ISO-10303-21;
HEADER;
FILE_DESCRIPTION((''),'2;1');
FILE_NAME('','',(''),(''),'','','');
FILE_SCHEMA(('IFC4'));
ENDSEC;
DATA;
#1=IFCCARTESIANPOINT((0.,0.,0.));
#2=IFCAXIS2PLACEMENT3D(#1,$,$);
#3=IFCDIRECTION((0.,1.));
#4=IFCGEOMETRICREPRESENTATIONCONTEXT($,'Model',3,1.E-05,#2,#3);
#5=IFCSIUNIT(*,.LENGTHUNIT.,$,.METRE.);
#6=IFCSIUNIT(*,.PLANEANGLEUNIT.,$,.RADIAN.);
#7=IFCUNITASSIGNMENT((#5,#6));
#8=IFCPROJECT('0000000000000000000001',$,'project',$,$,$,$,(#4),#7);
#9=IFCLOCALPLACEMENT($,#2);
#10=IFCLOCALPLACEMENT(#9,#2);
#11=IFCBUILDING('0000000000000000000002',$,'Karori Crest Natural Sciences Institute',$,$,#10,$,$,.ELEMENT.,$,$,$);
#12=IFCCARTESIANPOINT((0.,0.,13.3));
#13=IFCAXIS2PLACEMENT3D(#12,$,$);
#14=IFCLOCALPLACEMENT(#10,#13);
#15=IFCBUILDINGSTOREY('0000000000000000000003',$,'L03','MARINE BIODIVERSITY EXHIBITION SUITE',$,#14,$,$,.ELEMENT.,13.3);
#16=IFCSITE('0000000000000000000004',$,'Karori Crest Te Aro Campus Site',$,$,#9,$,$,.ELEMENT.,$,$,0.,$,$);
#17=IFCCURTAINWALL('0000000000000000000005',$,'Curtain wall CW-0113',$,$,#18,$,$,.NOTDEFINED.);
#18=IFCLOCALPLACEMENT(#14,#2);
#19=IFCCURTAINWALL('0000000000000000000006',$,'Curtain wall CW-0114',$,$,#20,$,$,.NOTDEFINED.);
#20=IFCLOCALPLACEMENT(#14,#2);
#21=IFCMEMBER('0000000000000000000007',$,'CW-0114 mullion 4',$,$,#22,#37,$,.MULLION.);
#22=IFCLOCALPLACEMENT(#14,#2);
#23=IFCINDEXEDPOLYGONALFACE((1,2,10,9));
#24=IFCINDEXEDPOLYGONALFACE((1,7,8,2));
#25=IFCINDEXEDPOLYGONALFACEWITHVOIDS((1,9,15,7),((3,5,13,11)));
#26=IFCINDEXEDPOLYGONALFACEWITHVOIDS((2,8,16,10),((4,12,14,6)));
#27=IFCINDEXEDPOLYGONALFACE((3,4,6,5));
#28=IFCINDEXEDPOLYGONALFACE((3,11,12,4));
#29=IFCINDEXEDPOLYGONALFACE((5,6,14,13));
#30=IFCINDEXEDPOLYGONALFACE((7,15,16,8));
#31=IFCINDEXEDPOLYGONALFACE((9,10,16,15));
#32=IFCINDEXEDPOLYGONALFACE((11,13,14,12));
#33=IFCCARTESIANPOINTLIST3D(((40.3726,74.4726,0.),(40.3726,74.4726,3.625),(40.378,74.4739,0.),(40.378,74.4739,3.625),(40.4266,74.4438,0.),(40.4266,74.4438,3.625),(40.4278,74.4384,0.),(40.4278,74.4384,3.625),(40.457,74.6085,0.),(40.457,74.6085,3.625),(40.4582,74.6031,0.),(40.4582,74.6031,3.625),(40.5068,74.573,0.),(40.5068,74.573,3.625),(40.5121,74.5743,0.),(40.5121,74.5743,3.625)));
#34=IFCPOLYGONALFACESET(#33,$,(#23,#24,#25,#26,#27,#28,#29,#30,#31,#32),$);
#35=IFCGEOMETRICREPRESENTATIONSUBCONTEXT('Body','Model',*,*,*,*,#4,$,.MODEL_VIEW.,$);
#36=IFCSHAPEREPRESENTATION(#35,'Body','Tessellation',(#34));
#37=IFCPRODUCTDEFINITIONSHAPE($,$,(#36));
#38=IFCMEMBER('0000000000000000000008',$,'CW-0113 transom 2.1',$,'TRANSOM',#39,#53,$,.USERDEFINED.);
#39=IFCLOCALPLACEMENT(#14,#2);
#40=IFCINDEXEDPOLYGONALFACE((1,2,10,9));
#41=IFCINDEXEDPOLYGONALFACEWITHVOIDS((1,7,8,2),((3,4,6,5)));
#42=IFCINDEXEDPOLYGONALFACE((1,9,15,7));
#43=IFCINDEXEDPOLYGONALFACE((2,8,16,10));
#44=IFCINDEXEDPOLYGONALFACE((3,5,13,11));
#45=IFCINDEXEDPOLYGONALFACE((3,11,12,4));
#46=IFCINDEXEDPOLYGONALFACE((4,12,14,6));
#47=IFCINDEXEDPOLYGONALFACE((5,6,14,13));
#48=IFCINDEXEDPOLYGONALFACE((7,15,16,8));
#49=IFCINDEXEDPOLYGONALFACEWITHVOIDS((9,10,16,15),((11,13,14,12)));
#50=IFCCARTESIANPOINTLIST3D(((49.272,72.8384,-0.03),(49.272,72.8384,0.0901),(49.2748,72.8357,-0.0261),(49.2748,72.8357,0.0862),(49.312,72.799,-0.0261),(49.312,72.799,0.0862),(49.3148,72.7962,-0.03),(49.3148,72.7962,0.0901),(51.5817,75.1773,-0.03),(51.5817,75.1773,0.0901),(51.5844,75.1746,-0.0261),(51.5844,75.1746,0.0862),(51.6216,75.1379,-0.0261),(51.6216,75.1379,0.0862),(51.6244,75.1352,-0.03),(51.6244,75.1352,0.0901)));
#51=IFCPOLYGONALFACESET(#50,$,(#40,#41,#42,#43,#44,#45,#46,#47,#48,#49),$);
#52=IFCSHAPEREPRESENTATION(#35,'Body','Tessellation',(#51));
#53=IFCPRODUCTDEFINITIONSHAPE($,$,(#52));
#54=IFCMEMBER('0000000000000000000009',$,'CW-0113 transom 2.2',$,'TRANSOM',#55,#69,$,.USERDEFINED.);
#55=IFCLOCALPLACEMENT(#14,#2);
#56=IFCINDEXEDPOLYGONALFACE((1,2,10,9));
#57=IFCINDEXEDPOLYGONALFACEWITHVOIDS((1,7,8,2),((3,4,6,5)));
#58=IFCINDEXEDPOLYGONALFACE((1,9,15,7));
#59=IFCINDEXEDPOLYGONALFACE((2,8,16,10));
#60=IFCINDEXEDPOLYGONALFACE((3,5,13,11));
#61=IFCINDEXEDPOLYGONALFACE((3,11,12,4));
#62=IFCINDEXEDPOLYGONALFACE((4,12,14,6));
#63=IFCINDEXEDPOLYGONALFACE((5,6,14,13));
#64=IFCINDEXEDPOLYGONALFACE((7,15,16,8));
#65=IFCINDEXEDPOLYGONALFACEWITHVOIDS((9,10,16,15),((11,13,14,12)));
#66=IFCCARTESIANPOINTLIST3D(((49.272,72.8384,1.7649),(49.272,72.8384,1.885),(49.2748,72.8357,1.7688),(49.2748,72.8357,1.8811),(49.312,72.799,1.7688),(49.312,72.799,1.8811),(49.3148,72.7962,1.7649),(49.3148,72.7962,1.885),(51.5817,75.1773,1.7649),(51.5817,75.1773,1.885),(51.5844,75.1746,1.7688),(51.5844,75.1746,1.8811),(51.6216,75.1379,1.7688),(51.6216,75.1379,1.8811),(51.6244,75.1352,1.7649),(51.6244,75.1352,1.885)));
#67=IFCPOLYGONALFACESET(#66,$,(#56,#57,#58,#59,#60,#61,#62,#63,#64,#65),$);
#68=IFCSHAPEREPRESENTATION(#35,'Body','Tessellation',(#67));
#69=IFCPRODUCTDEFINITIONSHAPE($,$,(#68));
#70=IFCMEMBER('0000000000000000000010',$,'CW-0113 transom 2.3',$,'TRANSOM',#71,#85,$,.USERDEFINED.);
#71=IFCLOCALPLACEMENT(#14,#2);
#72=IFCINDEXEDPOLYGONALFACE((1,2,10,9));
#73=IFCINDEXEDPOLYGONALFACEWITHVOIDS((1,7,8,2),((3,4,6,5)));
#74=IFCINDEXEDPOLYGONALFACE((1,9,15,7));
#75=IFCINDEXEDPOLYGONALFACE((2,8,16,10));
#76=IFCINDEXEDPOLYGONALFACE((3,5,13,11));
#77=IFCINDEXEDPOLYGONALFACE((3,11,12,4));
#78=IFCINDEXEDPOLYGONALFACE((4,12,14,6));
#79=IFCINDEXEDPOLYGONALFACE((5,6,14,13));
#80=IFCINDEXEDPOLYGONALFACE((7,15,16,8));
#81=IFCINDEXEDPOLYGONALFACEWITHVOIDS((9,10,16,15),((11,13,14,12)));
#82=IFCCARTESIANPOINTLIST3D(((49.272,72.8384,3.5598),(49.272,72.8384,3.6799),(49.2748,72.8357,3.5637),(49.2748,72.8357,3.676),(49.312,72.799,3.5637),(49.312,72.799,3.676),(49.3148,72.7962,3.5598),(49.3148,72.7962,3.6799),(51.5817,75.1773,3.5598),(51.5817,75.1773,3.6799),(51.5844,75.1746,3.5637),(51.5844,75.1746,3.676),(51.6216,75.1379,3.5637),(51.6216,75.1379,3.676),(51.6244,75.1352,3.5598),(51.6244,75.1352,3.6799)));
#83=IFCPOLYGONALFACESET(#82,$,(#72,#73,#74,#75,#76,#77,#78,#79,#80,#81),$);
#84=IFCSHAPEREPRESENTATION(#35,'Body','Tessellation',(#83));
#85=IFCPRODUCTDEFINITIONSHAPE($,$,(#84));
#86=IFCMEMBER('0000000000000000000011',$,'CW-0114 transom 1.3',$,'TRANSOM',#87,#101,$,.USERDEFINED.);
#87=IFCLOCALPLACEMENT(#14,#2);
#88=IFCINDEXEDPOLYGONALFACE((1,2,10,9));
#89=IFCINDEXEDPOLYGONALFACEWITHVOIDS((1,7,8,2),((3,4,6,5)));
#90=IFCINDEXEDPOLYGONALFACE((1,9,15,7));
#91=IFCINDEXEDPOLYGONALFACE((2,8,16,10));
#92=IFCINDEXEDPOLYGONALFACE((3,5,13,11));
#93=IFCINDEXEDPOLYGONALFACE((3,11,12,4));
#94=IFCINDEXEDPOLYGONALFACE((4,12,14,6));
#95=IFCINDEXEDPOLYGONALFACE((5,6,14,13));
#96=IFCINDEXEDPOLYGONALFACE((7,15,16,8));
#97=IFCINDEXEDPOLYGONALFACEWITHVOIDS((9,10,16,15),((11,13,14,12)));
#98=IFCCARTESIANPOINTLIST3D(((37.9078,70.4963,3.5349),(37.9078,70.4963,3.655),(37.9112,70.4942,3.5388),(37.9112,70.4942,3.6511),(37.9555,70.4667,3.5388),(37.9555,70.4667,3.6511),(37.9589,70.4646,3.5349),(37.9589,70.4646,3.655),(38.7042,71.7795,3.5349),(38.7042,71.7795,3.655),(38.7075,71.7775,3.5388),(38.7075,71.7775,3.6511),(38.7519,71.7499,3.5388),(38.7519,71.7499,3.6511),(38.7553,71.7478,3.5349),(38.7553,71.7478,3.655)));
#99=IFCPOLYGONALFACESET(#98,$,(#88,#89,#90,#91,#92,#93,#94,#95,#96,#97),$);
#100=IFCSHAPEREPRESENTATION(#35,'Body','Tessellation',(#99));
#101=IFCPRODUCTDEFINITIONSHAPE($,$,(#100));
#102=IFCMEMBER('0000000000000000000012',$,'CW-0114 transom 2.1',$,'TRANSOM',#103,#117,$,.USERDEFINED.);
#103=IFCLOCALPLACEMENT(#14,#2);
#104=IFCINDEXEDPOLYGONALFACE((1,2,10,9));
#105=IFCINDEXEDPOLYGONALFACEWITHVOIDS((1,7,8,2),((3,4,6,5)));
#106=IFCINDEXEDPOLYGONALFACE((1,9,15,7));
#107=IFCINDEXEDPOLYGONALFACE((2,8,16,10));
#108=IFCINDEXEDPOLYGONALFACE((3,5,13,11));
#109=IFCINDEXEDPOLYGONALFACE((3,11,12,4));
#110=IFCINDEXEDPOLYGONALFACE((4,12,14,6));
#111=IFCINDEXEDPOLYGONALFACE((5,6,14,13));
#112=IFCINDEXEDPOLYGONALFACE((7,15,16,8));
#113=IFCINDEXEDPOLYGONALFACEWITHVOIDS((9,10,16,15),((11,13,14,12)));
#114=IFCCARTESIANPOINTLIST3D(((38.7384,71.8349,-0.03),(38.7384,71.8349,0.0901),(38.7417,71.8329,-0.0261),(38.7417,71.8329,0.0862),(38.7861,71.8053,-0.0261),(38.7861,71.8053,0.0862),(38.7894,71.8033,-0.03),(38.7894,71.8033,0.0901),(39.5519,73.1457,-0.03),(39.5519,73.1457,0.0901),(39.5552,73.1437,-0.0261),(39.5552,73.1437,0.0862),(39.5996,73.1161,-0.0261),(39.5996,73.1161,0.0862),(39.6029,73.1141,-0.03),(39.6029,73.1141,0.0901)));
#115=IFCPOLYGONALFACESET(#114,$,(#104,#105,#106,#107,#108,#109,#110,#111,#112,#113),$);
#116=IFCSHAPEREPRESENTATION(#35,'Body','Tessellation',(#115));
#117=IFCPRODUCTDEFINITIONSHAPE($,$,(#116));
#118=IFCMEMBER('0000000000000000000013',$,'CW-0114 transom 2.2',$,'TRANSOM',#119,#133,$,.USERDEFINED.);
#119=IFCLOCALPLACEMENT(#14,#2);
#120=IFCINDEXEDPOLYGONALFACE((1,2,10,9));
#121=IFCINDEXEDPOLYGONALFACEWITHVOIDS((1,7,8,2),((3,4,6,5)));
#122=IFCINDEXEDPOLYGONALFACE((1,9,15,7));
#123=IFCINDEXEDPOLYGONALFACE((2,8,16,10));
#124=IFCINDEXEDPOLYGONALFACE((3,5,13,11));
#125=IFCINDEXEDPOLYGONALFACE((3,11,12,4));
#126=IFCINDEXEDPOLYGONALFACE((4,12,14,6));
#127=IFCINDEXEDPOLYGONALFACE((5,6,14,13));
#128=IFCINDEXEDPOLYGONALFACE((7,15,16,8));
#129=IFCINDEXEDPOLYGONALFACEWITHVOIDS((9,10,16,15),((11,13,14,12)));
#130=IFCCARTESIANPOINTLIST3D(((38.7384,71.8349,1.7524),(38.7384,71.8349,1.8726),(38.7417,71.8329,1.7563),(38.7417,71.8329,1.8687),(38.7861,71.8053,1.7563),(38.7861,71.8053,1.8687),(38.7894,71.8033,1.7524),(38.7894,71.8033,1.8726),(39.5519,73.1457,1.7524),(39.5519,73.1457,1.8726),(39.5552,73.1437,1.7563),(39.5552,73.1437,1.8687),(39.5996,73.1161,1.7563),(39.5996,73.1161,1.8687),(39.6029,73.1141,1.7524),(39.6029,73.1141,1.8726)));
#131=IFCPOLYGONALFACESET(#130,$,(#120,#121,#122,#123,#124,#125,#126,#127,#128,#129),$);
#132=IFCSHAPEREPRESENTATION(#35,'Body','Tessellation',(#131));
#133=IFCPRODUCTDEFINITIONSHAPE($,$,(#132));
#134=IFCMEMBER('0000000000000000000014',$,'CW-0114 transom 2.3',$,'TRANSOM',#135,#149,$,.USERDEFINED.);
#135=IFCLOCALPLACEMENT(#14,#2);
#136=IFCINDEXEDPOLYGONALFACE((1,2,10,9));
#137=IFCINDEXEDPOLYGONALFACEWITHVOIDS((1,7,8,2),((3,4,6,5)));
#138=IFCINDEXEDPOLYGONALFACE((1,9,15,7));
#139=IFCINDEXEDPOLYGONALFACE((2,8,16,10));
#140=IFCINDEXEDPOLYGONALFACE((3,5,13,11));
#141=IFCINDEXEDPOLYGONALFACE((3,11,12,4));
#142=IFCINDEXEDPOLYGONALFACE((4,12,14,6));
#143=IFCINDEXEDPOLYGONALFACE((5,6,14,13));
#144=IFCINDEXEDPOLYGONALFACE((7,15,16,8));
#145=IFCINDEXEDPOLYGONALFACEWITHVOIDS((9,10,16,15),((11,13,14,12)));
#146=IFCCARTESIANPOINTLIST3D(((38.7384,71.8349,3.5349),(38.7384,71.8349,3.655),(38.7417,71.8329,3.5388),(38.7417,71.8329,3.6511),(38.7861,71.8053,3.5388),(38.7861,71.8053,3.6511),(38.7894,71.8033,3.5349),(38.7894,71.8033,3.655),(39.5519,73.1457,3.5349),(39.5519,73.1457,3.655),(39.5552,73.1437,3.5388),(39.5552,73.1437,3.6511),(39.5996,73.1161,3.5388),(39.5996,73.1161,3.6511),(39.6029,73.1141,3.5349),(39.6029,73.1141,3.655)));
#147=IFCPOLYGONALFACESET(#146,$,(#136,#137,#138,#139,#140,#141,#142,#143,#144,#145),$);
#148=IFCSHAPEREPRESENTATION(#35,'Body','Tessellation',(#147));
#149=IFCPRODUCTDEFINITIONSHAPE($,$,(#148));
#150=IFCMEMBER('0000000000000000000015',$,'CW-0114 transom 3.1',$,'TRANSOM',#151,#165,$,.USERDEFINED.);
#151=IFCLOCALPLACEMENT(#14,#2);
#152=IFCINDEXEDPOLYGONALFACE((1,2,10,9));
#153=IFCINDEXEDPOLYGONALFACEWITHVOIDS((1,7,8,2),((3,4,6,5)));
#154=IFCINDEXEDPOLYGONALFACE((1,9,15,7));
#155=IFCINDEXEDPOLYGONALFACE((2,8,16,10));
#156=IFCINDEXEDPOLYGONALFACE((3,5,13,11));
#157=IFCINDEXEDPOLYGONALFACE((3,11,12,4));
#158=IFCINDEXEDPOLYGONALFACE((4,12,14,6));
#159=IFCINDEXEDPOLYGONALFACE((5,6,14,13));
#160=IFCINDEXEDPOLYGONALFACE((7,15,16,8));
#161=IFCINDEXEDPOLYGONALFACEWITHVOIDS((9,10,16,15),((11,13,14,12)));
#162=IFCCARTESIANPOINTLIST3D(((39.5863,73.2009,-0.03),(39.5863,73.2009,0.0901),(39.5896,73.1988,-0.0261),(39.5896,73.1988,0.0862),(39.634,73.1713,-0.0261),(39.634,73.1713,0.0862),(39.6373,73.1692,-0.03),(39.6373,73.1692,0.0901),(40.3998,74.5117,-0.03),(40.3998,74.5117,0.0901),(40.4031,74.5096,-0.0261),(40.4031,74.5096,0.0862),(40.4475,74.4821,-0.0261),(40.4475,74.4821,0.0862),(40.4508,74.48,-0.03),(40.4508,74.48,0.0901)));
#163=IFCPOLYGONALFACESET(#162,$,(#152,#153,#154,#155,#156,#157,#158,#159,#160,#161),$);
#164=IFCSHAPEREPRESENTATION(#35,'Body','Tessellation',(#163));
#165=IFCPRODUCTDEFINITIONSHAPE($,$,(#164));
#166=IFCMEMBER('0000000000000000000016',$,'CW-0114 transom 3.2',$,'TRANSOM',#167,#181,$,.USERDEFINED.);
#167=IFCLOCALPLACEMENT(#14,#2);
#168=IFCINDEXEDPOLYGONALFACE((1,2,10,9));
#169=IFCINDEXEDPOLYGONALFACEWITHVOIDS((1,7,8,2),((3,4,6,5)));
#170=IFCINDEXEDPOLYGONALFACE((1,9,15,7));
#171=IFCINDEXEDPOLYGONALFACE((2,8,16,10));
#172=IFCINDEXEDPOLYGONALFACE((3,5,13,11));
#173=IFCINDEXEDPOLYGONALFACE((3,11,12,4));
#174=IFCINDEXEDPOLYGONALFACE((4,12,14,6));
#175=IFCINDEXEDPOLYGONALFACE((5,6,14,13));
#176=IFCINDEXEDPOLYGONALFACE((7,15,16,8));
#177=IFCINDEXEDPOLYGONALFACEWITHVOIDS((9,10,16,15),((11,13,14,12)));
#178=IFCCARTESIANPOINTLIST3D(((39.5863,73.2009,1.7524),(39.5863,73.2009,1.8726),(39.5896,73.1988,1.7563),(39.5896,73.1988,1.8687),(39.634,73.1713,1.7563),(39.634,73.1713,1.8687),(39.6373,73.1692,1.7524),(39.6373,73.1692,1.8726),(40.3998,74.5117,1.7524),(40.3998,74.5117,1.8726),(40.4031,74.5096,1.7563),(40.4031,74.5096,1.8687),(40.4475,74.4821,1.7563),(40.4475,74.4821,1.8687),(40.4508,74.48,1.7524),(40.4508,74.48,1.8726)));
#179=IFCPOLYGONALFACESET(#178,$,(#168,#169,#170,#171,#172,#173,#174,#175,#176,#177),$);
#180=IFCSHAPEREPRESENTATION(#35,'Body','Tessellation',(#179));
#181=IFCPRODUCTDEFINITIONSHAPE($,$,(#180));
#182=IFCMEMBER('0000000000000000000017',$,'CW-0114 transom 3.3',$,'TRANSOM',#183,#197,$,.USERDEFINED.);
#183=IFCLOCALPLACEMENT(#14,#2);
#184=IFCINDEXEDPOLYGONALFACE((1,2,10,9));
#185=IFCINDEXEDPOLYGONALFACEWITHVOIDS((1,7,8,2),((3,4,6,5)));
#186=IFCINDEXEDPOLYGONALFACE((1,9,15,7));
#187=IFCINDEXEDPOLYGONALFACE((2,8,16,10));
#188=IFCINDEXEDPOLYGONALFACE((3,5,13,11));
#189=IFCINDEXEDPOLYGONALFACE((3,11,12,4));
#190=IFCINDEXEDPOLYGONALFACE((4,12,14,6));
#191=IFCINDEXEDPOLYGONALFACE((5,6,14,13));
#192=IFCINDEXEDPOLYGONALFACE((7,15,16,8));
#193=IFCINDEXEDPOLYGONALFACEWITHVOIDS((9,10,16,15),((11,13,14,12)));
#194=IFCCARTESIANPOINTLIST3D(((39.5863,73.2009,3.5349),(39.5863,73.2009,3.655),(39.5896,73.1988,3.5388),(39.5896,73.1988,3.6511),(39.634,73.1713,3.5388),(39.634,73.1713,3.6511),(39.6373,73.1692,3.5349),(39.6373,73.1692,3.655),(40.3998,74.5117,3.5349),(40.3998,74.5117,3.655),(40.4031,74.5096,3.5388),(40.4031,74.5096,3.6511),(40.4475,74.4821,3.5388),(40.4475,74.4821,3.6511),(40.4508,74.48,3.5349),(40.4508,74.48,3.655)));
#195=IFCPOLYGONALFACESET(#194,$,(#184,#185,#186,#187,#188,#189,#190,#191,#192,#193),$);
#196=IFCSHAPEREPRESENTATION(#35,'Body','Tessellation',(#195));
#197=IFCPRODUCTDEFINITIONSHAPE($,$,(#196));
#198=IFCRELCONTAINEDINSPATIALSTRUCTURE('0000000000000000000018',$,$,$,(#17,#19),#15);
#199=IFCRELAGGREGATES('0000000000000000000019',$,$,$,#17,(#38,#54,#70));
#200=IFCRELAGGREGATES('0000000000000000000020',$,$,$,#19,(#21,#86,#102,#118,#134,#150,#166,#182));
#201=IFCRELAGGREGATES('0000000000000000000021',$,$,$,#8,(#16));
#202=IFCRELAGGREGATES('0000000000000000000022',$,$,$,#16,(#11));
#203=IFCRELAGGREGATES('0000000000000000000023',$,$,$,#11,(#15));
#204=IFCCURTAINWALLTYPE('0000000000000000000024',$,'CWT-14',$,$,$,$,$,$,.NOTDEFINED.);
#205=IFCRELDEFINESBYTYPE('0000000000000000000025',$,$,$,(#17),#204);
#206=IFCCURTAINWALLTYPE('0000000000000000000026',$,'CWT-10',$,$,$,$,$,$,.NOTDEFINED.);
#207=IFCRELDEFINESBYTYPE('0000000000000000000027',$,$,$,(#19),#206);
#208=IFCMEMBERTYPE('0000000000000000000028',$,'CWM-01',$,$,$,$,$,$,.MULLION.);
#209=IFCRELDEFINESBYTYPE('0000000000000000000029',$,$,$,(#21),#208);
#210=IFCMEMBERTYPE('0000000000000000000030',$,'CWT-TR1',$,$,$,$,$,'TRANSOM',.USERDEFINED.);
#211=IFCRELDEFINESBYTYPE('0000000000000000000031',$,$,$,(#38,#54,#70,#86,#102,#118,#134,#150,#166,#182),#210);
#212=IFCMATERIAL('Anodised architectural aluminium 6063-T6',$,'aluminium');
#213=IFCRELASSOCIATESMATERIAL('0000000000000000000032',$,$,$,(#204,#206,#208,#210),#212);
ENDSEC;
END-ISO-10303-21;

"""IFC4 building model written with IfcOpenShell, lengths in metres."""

from ifc_helpers import new_model, si_unit, direction, frame, origin, origin_2d, place, context, subcontext, project, spatial, hollow_rectangle, extrude, material, material_profile, profile_set, type_object, element, aggregate, save


model = new_model("IFC4")

# Units and contexts
model_context = context("Model", 3, precision=1e-05, world=origin(), true_north=direction((0.0, 1.0)))
body_context = subcontext(model_context, "Body", "Model", "MODEL_VIEW")
ifc_project = project(units=[si_unit("LENGTHUNIT", "METRE"), si_unit("PLANEANGLEUNIT", "RADIAN")], contexts=[model_context])

# Site, building, storey
site_placement = place(None, origin())
site = spatial("IfcSite", under=ifc_project, at=site_placement, Name="Karori Crest Te Aro Campus Site", CompositionType="ELEMENT", RefElevation=0.0)
building_placement = place(site_placement, origin())
building = spatial("IfcBuilding", under=site, at=building_placement, Name="Karori Crest Natural Sciences Institute", CompositionType="ELEMENT")
storey_placement = place(building_placement, frame((0.0, 0.0, 13.3)))
storey = spatial("IfcBuildingStorey", under=building, at=storey_placement, Name="L03", Description="MARINE BIODIVERSITY EXHIBITION SUITE", CompositionType="ELEMENT", Elevation=13.3)

# Curtain walls, member
ifc_material_1 = material(Name="Anodised architectural aluminium 6063-T6", Category="aluminium")
curtain_wall_type_1 = type_object("IfcCurtainWallType", Name="CWT-14", PredefinedType="NOTDEFINED", material=ifc_material_1)
curtain_wall_1_placement = place(storey_placement, origin())
curtain_wall_1 = element("IfcCurtainWall", 1, at=curtain_wall_1_placement, inside=storey, type_object=curtain_wall_type_1, Name="Curtain wall CW-0113", PredefinedType="NOTDEFINED")
ifc_material_profile_1 = material_profile(ifc_material_1, hollow_rectangle(XDim=0.0649, YDim=0.1599, WallThickness=0.0039, at=origin_2d()), Name="CWM160x65x4")
ifc_profile_set_1 = profile_set([ifc_material_profile_1], Name="Anodised architectural aluminium 6063-T6")
member_type_1 = type_object("IfcMemberType", Name="CWM-01", PredefinedType="MULLION", material=ifc_profile_set_1)
curtain_wall_type_2 = type_object("IfcCurtainWallType", Name="CWT-10", PredefinedType="NOTDEFINED", material=ifc_material_1)
curtain_wall_2_placement = place(storey_placement, origin())
curtain_wall_2 = element("IfcCurtainWall", 2, at=curtain_wall_2_placement, inside=storey, type_object=curtain_wall_type_2, Name="Curtain wall CW-0114", PredefinedType="NOTDEFINED")
member_1_placement = place(storey_placement, frame((40.4424, 74.5234, 0.0), z_axis=(0.0, 0.0, 1.0), x_axis=(-0.849664, 0.527324, 0.0)))
member_1 = element("IfcMember", 3, at=member_1_placement, type_object=member_type_1, Name="CW-0114 mullion 4", PredefinedType="MULLION", context=body_context, shape_type="SweptSolid", body=[
    extrude(hollow_rectangle(XDim=0.0649, YDim=0.1599, WallThickness=0.0039, at=origin_2d()), origin(), (0.0, 0.0, 1.0), 3.625),
])

# Members
ifc_material_profile_2 = material_profile(ifc_material_1, hollow_rectangle(XDim=0.0601, YDim=0.1201, WallThickness=0.0039, at=origin_2d()), Name="CWT120x60x4")
ifc_profile_set_2 = profile_set([ifc_material_profile_2], Name="Anodised architectural aluminium 6063-T6")
member_type_2 = type_object("IfcMemberType", Name="CWT-TR1", ElementType="TRANSOM", PredefinedType="USERDEFINED", material=ifc_profile_set_2)
member_2_placement = place(storey_placement, frame((51.603, 75.1562, 0.03), z_axis=(-0.702636, -0.711549, 0.0), x_axis=(0.711549, -0.702636, 0.0)))
member_2 = element("IfcMember", 4, at=member_2_placement, type_object=member_type_2, Name="CW-0113 transom 2.1", ObjectType="TRANSOM", PredefinedType="USERDEFINED", context=body_context, shape_type="SweptSolid", body=[
    extrude(hollow_rectangle(XDim=0.0601, YDim=0.1201, WallThickness=0.0039, at=origin_2d()), origin(), (0.0, 0.0, 1.0), 3.2871),
])
member_3_placement = place(storey_placement, frame((51.603, 75.1562, 1.825), z_axis=(-0.702636, -0.711549, 0.0), x_axis=(0.711549, -0.702636, 0.0)))
member_3 = element("IfcMember", 5, at=member_3_placement, type_object=member_type_2, Name="CW-0113 transom 2.2", ObjectType="TRANSOM", PredefinedType="USERDEFINED", context=body_context, shape_type="SweptSolid", body=[
    extrude(hollow_rectangle(XDim=0.0601, YDim=0.1201, WallThickness=0.0039, at=origin_2d()), origin(), (0.0, 0.0, 1.0), 3.2871),
])
member_4_placement = place(storey_placement, frame((51.603, 75.1562, 3.6199), z_axis=(-0.702636, -0.711549, 0.0), x_axis=(0.711549, -0.702636, 0.0)))
member_4 = element("IfcMember", 6, at=member_4_placement, type_object=member_type_2, Name="CW-0113 transom 2.3", ObjectType="TRANSOM", PredefinedType="USERDEFINED", context=body_context, shape_type="SweptSolid", body=[
    extrude(hollow_rectangle(XDim=0.0601, YDim=0.1201, WallThickness=0.0039, at=origin_2d()), origin(), (0.0, 0.0, 1.0), 3.2871),
])
member_5_placement = place(storey_placement, frame((37.9333, 70.4805, 3.595), z_axis=(0.527323, 0.849665, 0.0), x_axis=(-0.849665, 0.527323, 0.0)))
member_5 = element("IfcMember", 7, at=member_5_placement, type_object=member_type_2, Name="CW-0114 transom 1.3", ObjectType="TRANSOM", PredefinedType="USERDEFINED", context=body_context, shape_type="SweptSolid", body=[
    extrude(hollow_rectangle(XDim=0.0601, YDim=0.1201, WallThickness=0.0039, at=origin_2d()), origin(), (0.0, 0.0, 1.0), 1.5103),
])
member_6_placement = place(storey_placement, frame((38.7639, 71.8191, 0.03), z_axis=(0.527308, 0.849674, 0.0), x_axis=(-0.849674, 0.527308, 0.0)))
member_6 = element("IfcMember", 8, at=member_6_placement, type_object=member_type_2, Name="CW-0114 transom 2.1", ObjectType="TRANSOM", PredefinedType="USERDEFINED", context=body_context, shape_type="SweptSolid", body=[
    extrude(hollow_rectangle(XDim=0.0601, YDim=0.1201, WallThickness=0.0039, at=origin_2d()), origin(), (0.0, 0.0, 1.0), 1.5427),
])
member_7_placement = place(storey_placement, frame((38.7639, 71.8191, 1.8125), z_axis=(0.527308, 0.849674, 0.0), x_axis=(-0.849674, 0.527308, 0.0)))
member_7 = element("IfcMember", 9, at=member_7_placement, type_object=member_type_2, Name="CW-0114 transom 2.2", ObjectType="TRANSOM", PredefinedType="USERDEFINED", context=body_context, shape_type="SweptSolid", body=[
    extrude(hollow_rectangle(XDim=0.0601, YDim=0.1201, WallThickness=0.0039, at=origin_2d()), origin(), (0.0, 0.0, 1.0), 1.5427),
])
member_8_placement = place(storey_placement, frame((38.7639, 71.8191, 3.595), z_axis=(0.527308, 0.849674, 0.0), x_axis=(-0.849674, 0.527308, 0.0)))
member_8 = element("IfcMember", 10, at=member_8_placement, type_object=member_type_2, Name="CW-0114 transom 2.3", ObjectType="TRANSOM", PredefinedType="USERDEFINED", context=body_context, shape_type="SweptSolid", body=[
    extrude(hollow_rectangle(XDim=0.0601, YDim=0.1201, WallThickness=0.0039, at=origin_2d()), origin(), (0.0, 0.0, 1.0), 1.5427),
])
member_9_placement = place(storey_placement, frame((39.6118, 73.1851, 0.03), z_axis=(0.527308, 0.849674, 0.0), x_axis=(-0.849674, 0.527308, 0.0)))
member_9 = element("IfcMember", 11, at=member_9_placement, type_object=member_type_2, Name="CW-0114 transom 3.1", ObjectType="TRANSOM", PredefinedType="USERDEFINED", context=body_context, shape_type="SweptSolid", body=[
    extrude(hollow_rectangle(XDim=0.0601, YDim=0.1201, WallThickness=0.0039, at=origin_2d()), origin(), (0.0, 0.0, 1.0), 1.5427),
])
member_10_placement = place(storey_placement, frame((39.6118, 73.1851, 1.8125), z_axis=(0.527308, 0.849674, 0.0), x_axis=(-0.849674, 0.527308, 0.0)))
member_10 = element("IfcMember", 12, at=member_10_placement, type_object=member_type_2, Name="CW-0114 transom 3.2", ObjectType="TRANSOM", PredefinedType="USERDEFINED", context=body_context, shape_type="SweptSolid", body=[
    extrude(hollow_rectangle(XDim=0.0601, YDim=0.1201, WallThickness=0.0039, at=origin_2d()), origin(), (0.0, 0.0, 1.0), 1.5427),
])
member_11_placement = place(storey_placement, frame((39.6118, 73.1851, 3.595), z_axis=(0.527308, 0.849674, 0.0), x_axis=(-0.849674, 0.527308, 0.0)))
member_11 = element("IfcMember", 13, at=member_11_placement, type_object=member_type_2, Name="CW-0114 transom 3.3", ObjectType="TRANSOM", PredefinedType="USERDEFINED", context=body_context, shape_type="SweptSolid", body=[
    extrude(hollow_rectangle(XDim=0.0601, YDim=0.1201, WallThickness=0.0039, at=origin_2d()), origin(), (0.0, 0.0, 1.0), 1.5427),
])

aggregate(curtain_wall_1, [member_2, member_3, member_4])
aggregate(curtain_wall_2, [member_1, member_5, member_6, member_7, member_8, member_9, member_10, member_11])

save(model, "model.ifc")
